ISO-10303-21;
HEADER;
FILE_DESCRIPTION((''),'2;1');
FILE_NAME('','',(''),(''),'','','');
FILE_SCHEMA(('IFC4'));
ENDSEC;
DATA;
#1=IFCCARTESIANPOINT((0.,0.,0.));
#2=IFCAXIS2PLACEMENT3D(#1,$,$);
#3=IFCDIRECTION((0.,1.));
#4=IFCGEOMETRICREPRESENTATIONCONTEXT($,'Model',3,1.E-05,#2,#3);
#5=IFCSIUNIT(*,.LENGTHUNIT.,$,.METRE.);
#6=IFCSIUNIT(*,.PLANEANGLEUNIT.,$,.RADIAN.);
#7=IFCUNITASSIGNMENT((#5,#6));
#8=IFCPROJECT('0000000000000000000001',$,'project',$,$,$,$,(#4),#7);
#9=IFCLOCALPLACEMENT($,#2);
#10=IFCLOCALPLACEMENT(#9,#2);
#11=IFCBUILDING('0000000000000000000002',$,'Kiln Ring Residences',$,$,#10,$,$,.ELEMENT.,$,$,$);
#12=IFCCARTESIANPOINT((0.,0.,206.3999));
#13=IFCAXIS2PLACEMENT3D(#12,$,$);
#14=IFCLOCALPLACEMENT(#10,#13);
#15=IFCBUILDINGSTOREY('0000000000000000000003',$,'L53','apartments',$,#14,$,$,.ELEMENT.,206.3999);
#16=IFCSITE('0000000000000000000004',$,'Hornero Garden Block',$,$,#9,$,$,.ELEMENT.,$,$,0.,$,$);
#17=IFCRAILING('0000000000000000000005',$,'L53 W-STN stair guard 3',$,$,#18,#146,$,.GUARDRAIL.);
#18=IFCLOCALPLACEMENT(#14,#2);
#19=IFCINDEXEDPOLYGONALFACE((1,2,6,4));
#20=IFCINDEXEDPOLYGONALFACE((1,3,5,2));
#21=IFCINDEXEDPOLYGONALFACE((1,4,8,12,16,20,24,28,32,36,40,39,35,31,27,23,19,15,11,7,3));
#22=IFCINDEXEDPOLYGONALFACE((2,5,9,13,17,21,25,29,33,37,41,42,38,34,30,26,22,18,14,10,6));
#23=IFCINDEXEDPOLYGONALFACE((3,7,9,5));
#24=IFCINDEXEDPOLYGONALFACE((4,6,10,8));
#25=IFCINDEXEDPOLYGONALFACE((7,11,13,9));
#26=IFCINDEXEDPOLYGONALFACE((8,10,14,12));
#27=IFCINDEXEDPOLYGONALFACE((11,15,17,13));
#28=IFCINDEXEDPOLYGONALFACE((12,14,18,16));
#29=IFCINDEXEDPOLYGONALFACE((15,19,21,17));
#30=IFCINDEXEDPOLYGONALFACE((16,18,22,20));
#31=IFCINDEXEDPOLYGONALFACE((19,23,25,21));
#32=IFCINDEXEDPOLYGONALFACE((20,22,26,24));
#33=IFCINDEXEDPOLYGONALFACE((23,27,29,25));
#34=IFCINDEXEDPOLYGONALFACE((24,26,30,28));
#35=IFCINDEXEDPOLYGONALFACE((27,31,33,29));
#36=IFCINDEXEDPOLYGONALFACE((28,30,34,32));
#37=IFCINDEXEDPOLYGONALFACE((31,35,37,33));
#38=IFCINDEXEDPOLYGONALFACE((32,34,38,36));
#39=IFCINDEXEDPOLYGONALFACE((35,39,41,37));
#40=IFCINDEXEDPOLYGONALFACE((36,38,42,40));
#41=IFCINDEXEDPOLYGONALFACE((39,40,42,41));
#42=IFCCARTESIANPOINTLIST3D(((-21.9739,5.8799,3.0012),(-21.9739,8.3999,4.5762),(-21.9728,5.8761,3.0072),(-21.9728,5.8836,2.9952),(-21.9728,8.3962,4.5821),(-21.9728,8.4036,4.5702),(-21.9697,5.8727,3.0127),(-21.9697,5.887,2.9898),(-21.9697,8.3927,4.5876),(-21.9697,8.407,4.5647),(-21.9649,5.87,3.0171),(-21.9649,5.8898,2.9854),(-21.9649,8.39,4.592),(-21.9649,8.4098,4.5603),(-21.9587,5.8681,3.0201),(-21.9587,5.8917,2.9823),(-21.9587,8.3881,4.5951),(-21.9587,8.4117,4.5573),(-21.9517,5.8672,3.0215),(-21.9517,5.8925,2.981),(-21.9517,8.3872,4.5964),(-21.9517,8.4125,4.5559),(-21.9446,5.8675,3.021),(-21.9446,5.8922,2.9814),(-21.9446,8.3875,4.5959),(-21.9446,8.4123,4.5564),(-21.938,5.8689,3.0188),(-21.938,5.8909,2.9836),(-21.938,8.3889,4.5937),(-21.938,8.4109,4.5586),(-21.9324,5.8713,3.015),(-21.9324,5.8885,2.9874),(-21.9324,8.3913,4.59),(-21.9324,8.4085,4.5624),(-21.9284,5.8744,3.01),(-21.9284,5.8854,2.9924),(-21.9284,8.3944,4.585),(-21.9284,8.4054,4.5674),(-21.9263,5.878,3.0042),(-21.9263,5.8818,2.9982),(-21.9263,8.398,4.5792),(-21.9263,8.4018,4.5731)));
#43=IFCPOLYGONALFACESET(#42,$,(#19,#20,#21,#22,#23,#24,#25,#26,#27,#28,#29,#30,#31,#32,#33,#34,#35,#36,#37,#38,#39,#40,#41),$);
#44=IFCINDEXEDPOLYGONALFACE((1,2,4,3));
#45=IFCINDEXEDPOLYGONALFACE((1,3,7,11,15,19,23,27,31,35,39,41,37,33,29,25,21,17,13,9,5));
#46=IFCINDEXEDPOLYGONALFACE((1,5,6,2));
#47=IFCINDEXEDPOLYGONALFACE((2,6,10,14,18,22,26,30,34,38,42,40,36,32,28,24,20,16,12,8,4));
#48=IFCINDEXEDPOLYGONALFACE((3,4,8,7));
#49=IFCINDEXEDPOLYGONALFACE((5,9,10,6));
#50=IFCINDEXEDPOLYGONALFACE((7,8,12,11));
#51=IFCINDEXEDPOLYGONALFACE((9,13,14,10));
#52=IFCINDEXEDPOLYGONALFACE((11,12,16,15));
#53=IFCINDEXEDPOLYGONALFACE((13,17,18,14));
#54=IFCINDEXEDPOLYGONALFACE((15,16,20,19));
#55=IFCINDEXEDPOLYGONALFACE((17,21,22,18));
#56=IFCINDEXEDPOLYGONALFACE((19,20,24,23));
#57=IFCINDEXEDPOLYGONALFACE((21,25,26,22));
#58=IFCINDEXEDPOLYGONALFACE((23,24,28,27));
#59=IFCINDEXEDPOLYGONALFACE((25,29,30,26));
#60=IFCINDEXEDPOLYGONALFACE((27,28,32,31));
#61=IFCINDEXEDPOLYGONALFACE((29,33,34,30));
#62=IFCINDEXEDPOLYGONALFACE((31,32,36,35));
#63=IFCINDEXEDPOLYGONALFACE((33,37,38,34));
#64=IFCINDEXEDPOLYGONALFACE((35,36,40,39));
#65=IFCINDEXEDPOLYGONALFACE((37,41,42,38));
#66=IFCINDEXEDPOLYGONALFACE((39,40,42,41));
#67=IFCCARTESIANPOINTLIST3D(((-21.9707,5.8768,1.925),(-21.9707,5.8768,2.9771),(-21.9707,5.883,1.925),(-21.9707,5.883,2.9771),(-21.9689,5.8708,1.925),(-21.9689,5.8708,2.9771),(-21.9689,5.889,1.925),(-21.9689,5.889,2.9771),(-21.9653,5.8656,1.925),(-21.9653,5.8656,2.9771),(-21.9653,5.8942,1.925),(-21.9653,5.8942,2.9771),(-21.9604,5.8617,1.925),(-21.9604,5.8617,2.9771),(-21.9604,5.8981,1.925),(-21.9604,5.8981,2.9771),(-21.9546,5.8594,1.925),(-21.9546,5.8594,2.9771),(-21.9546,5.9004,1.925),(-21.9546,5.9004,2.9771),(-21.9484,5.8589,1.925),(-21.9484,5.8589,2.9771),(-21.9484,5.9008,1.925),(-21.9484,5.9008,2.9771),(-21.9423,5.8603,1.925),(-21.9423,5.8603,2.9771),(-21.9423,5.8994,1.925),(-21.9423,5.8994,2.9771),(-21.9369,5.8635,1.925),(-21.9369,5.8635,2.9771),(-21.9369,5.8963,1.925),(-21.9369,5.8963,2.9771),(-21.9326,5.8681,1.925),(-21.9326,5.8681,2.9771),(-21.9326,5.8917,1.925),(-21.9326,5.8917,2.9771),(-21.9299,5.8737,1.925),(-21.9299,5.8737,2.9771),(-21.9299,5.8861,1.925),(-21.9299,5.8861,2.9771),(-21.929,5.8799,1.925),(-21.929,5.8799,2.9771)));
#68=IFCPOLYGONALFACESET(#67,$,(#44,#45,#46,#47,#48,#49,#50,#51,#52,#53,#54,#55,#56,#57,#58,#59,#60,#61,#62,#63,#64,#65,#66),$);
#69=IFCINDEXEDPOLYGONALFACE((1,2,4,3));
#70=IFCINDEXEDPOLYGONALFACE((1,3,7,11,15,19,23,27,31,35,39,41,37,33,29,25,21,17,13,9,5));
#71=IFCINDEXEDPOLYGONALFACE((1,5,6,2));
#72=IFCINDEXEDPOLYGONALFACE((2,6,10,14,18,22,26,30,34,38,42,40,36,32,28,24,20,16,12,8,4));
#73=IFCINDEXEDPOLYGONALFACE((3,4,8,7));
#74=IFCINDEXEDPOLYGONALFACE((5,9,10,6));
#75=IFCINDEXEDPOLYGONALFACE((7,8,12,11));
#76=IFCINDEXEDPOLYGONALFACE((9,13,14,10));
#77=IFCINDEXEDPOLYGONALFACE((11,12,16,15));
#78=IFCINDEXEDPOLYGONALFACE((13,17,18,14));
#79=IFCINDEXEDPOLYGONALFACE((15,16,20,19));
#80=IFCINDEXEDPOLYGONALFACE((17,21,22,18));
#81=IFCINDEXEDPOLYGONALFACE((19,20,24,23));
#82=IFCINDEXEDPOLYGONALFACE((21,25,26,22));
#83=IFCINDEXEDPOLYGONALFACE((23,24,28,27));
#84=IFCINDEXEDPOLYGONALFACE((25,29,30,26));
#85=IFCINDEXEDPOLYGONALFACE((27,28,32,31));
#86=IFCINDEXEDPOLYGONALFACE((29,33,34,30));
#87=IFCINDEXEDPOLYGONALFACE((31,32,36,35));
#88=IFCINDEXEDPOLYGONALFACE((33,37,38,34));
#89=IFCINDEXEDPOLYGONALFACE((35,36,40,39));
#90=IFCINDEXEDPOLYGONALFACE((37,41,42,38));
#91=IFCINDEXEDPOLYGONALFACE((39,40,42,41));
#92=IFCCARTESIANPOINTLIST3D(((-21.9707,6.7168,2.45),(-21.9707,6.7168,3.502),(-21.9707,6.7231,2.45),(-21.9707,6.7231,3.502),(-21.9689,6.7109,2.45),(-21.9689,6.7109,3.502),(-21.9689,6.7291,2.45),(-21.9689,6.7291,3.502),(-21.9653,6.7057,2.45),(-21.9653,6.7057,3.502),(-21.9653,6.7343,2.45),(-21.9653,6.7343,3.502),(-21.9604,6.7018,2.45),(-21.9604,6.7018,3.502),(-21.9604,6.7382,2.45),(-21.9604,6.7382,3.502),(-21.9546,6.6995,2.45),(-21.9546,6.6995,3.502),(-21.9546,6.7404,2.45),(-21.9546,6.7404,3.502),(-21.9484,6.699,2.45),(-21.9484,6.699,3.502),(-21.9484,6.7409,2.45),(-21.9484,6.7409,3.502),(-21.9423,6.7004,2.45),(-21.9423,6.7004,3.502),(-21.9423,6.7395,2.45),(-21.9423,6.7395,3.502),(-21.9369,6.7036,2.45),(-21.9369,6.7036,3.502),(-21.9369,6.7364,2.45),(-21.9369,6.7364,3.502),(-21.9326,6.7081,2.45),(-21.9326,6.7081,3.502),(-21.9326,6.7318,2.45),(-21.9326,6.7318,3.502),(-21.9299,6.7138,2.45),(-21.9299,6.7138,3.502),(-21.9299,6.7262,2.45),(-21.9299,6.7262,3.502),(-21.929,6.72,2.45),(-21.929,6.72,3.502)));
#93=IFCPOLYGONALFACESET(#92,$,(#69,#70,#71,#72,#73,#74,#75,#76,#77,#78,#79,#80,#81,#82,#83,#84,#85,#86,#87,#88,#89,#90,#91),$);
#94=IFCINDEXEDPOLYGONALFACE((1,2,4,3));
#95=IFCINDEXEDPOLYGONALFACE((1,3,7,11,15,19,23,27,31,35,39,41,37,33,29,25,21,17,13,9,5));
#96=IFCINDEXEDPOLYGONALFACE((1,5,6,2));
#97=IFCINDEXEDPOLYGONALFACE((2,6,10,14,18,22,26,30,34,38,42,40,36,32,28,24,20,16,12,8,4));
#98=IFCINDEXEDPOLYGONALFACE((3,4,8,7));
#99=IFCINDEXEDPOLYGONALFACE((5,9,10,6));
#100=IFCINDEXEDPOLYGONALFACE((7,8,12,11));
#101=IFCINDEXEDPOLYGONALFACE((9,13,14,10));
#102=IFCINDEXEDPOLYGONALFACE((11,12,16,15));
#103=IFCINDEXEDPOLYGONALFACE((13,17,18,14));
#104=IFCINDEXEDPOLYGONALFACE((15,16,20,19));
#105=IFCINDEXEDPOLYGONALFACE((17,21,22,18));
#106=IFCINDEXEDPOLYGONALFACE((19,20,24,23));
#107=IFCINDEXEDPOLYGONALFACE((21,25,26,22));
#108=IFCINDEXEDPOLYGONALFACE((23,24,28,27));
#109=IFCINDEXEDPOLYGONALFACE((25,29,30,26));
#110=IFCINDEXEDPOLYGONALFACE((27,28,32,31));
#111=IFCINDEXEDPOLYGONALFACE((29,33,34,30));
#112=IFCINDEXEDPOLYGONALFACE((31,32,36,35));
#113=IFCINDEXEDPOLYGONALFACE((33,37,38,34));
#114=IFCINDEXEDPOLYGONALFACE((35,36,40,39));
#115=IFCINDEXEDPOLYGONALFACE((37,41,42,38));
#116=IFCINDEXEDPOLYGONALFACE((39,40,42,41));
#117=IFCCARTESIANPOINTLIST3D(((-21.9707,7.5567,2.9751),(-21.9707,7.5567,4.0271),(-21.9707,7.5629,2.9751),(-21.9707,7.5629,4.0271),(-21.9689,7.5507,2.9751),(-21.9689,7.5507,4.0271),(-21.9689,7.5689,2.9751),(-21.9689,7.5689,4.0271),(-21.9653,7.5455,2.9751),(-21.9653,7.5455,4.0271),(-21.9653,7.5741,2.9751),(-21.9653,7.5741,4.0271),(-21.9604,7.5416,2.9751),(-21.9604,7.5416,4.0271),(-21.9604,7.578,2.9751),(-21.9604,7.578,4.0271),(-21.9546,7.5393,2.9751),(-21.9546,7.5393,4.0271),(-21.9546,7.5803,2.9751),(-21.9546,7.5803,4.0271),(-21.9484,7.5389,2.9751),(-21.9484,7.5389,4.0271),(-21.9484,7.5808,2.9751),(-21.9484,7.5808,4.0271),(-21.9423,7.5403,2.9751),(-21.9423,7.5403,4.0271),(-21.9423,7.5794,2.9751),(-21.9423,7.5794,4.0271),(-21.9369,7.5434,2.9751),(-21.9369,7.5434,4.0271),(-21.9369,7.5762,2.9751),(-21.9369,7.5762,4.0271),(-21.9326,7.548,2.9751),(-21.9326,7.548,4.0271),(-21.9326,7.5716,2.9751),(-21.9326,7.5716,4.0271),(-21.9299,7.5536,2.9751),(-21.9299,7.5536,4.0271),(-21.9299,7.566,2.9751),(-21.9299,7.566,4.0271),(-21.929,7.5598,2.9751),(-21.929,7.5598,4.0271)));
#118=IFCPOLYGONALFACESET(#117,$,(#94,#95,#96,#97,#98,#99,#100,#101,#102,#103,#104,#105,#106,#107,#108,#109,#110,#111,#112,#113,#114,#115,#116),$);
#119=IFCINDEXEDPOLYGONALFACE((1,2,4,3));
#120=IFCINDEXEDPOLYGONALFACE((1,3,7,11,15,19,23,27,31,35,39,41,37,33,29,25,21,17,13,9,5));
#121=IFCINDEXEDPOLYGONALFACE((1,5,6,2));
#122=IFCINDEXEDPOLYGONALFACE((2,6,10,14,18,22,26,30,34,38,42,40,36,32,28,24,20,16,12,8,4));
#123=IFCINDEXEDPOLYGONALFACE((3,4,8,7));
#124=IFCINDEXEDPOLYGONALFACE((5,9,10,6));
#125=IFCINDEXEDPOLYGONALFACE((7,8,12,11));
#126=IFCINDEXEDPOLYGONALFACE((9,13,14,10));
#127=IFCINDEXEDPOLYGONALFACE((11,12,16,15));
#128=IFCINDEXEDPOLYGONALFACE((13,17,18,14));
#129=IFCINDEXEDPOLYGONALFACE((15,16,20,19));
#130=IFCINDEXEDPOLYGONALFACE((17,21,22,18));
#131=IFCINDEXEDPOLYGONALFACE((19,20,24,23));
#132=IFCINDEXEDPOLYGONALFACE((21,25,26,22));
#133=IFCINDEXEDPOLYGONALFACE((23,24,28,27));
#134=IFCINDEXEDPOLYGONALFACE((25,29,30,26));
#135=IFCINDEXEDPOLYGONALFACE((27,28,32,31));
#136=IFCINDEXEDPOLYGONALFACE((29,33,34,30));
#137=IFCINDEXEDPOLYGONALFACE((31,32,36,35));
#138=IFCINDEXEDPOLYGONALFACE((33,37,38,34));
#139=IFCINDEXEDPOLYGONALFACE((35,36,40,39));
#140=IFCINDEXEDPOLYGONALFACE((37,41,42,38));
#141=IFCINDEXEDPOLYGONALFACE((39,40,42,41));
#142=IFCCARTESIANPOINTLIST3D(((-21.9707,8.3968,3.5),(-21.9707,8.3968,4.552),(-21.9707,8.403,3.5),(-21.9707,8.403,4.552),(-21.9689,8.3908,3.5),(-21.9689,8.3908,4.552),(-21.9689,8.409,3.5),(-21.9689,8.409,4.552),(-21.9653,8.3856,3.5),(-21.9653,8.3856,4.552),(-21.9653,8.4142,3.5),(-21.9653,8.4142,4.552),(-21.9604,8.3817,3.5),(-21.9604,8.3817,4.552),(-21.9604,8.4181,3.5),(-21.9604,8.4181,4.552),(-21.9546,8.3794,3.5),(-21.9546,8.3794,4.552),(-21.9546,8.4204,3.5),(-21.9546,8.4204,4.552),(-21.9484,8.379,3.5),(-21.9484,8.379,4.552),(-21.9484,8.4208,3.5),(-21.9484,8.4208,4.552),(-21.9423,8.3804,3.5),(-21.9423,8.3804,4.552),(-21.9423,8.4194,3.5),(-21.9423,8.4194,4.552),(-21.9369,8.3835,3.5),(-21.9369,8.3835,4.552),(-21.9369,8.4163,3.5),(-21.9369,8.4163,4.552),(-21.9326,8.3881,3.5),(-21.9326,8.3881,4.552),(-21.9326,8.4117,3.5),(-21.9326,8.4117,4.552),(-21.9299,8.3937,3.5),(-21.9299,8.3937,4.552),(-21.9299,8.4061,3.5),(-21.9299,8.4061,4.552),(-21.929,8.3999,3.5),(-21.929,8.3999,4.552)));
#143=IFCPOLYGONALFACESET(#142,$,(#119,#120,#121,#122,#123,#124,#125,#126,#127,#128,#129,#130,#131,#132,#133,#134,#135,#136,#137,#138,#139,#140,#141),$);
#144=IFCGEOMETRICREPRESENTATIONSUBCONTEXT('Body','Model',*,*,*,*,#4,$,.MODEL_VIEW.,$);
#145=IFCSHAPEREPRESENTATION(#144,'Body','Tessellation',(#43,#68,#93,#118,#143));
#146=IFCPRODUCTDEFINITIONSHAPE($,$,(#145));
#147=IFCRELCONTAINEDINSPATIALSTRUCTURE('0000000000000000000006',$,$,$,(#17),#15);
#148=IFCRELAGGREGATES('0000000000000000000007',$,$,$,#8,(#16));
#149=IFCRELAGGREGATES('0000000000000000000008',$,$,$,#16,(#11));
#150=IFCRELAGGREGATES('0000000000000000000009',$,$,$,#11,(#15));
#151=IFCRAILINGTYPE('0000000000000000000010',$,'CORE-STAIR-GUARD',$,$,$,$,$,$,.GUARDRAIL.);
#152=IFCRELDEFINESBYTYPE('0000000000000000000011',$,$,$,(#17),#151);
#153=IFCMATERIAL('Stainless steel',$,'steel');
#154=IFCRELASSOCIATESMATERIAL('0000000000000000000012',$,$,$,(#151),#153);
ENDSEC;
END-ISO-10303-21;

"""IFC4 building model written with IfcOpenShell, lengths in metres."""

from ifc_helpers import new_model, si_unit, direction, frame, origin, origin_2d, place, context, subcontext, project, spatial, circle, extrude, material, type_object, element, save


model = new_model("IFC4")

# Units and contexts
model_context = context("Model", 3, precision=1e-05, world=origin(), true_north=direction((0.0, 1.0)))
body_context = subcontext(model_context, "Body", "Model", "MODEL_VIEW")
ifc_project = project(units=[si_unit("LENGTHUNIT", "METRE"), si_unit("PLANEANGLEUNIT", "RADIAN")], contexts=[model_context])

# Site, building, storey
site_placement = place(None, origin())
site = spatial("IfcSite", under=ifc_project, at=site_placement, Name="Hornero Garden Block", CompositionType="ELEMENT", RefElevation=0.0)
building_placement = place(site_placement, origin())
building = spatial("IfcBuilding", under=site, at=building_placement, Name="Kiln Ring Residences", CompositionType="ELEMENT")
storey_placement = place(building_placement, frame((0.0, 0.0, 206.3999)))
storey = spatial("IfcBuildingStorey", under=building, at=storey_placement, Name="L53", Description="apartments", CompositionType="ELEMENT", Elevation=206.3999)

# Railing
ifc_material_1 = material(Name="Stainless steel", Category="steel")
railing_type_1 = type_object("IfcRailingType", Name="CORE-STAIR-GUARD", PredefinedType="GUARDRAIL", material=ifc_material_1)
railing_1_placement = place(storey_placement, frame((-21.95, 5.8799, 1.925)))
element("IfcRailing", 1, at=railing_1_placement, inside=storey, type_object=railing_type_1, Name="L53 W-STN stair guard 3", PredefinedType="GUARDRAIL", context=body_context, shape_type="SweptSolid", body=[
    extrude(circle(Radius=0.0239, at=origin_2d()), frame((0.0, 0.0, 1.0762), z_axis=(0.0, 0.848008, 0.529984), x_axis=(-1.0, 0.0, 0.0)), (0.0, 0.0, 1.0), 2.9717),
    extrude(circle(Radius=0.021, at=origin_2d()), origin(), (0.0, 0.0, 1.0), 1.052),
    extrude(circle(Radius=0.021, at=origin_2d()), frame((0.0, 0.8401, 0.5249)), (0.0, 0.0, 1.0), 1.052),
    extrude(circle(Radius=0.021, at=origin_2d()), frame((0.0, 1.6799, 1.05)), (0.0, 0.0, 1.0), 1.052),
    extrude(circle(Radius=0.021, at=origin_2d()), frame((0.0, 2.52, 1.575)), (0.0, 0.0, 1.0), 1.052),
])

save(model, "model.ifc")
